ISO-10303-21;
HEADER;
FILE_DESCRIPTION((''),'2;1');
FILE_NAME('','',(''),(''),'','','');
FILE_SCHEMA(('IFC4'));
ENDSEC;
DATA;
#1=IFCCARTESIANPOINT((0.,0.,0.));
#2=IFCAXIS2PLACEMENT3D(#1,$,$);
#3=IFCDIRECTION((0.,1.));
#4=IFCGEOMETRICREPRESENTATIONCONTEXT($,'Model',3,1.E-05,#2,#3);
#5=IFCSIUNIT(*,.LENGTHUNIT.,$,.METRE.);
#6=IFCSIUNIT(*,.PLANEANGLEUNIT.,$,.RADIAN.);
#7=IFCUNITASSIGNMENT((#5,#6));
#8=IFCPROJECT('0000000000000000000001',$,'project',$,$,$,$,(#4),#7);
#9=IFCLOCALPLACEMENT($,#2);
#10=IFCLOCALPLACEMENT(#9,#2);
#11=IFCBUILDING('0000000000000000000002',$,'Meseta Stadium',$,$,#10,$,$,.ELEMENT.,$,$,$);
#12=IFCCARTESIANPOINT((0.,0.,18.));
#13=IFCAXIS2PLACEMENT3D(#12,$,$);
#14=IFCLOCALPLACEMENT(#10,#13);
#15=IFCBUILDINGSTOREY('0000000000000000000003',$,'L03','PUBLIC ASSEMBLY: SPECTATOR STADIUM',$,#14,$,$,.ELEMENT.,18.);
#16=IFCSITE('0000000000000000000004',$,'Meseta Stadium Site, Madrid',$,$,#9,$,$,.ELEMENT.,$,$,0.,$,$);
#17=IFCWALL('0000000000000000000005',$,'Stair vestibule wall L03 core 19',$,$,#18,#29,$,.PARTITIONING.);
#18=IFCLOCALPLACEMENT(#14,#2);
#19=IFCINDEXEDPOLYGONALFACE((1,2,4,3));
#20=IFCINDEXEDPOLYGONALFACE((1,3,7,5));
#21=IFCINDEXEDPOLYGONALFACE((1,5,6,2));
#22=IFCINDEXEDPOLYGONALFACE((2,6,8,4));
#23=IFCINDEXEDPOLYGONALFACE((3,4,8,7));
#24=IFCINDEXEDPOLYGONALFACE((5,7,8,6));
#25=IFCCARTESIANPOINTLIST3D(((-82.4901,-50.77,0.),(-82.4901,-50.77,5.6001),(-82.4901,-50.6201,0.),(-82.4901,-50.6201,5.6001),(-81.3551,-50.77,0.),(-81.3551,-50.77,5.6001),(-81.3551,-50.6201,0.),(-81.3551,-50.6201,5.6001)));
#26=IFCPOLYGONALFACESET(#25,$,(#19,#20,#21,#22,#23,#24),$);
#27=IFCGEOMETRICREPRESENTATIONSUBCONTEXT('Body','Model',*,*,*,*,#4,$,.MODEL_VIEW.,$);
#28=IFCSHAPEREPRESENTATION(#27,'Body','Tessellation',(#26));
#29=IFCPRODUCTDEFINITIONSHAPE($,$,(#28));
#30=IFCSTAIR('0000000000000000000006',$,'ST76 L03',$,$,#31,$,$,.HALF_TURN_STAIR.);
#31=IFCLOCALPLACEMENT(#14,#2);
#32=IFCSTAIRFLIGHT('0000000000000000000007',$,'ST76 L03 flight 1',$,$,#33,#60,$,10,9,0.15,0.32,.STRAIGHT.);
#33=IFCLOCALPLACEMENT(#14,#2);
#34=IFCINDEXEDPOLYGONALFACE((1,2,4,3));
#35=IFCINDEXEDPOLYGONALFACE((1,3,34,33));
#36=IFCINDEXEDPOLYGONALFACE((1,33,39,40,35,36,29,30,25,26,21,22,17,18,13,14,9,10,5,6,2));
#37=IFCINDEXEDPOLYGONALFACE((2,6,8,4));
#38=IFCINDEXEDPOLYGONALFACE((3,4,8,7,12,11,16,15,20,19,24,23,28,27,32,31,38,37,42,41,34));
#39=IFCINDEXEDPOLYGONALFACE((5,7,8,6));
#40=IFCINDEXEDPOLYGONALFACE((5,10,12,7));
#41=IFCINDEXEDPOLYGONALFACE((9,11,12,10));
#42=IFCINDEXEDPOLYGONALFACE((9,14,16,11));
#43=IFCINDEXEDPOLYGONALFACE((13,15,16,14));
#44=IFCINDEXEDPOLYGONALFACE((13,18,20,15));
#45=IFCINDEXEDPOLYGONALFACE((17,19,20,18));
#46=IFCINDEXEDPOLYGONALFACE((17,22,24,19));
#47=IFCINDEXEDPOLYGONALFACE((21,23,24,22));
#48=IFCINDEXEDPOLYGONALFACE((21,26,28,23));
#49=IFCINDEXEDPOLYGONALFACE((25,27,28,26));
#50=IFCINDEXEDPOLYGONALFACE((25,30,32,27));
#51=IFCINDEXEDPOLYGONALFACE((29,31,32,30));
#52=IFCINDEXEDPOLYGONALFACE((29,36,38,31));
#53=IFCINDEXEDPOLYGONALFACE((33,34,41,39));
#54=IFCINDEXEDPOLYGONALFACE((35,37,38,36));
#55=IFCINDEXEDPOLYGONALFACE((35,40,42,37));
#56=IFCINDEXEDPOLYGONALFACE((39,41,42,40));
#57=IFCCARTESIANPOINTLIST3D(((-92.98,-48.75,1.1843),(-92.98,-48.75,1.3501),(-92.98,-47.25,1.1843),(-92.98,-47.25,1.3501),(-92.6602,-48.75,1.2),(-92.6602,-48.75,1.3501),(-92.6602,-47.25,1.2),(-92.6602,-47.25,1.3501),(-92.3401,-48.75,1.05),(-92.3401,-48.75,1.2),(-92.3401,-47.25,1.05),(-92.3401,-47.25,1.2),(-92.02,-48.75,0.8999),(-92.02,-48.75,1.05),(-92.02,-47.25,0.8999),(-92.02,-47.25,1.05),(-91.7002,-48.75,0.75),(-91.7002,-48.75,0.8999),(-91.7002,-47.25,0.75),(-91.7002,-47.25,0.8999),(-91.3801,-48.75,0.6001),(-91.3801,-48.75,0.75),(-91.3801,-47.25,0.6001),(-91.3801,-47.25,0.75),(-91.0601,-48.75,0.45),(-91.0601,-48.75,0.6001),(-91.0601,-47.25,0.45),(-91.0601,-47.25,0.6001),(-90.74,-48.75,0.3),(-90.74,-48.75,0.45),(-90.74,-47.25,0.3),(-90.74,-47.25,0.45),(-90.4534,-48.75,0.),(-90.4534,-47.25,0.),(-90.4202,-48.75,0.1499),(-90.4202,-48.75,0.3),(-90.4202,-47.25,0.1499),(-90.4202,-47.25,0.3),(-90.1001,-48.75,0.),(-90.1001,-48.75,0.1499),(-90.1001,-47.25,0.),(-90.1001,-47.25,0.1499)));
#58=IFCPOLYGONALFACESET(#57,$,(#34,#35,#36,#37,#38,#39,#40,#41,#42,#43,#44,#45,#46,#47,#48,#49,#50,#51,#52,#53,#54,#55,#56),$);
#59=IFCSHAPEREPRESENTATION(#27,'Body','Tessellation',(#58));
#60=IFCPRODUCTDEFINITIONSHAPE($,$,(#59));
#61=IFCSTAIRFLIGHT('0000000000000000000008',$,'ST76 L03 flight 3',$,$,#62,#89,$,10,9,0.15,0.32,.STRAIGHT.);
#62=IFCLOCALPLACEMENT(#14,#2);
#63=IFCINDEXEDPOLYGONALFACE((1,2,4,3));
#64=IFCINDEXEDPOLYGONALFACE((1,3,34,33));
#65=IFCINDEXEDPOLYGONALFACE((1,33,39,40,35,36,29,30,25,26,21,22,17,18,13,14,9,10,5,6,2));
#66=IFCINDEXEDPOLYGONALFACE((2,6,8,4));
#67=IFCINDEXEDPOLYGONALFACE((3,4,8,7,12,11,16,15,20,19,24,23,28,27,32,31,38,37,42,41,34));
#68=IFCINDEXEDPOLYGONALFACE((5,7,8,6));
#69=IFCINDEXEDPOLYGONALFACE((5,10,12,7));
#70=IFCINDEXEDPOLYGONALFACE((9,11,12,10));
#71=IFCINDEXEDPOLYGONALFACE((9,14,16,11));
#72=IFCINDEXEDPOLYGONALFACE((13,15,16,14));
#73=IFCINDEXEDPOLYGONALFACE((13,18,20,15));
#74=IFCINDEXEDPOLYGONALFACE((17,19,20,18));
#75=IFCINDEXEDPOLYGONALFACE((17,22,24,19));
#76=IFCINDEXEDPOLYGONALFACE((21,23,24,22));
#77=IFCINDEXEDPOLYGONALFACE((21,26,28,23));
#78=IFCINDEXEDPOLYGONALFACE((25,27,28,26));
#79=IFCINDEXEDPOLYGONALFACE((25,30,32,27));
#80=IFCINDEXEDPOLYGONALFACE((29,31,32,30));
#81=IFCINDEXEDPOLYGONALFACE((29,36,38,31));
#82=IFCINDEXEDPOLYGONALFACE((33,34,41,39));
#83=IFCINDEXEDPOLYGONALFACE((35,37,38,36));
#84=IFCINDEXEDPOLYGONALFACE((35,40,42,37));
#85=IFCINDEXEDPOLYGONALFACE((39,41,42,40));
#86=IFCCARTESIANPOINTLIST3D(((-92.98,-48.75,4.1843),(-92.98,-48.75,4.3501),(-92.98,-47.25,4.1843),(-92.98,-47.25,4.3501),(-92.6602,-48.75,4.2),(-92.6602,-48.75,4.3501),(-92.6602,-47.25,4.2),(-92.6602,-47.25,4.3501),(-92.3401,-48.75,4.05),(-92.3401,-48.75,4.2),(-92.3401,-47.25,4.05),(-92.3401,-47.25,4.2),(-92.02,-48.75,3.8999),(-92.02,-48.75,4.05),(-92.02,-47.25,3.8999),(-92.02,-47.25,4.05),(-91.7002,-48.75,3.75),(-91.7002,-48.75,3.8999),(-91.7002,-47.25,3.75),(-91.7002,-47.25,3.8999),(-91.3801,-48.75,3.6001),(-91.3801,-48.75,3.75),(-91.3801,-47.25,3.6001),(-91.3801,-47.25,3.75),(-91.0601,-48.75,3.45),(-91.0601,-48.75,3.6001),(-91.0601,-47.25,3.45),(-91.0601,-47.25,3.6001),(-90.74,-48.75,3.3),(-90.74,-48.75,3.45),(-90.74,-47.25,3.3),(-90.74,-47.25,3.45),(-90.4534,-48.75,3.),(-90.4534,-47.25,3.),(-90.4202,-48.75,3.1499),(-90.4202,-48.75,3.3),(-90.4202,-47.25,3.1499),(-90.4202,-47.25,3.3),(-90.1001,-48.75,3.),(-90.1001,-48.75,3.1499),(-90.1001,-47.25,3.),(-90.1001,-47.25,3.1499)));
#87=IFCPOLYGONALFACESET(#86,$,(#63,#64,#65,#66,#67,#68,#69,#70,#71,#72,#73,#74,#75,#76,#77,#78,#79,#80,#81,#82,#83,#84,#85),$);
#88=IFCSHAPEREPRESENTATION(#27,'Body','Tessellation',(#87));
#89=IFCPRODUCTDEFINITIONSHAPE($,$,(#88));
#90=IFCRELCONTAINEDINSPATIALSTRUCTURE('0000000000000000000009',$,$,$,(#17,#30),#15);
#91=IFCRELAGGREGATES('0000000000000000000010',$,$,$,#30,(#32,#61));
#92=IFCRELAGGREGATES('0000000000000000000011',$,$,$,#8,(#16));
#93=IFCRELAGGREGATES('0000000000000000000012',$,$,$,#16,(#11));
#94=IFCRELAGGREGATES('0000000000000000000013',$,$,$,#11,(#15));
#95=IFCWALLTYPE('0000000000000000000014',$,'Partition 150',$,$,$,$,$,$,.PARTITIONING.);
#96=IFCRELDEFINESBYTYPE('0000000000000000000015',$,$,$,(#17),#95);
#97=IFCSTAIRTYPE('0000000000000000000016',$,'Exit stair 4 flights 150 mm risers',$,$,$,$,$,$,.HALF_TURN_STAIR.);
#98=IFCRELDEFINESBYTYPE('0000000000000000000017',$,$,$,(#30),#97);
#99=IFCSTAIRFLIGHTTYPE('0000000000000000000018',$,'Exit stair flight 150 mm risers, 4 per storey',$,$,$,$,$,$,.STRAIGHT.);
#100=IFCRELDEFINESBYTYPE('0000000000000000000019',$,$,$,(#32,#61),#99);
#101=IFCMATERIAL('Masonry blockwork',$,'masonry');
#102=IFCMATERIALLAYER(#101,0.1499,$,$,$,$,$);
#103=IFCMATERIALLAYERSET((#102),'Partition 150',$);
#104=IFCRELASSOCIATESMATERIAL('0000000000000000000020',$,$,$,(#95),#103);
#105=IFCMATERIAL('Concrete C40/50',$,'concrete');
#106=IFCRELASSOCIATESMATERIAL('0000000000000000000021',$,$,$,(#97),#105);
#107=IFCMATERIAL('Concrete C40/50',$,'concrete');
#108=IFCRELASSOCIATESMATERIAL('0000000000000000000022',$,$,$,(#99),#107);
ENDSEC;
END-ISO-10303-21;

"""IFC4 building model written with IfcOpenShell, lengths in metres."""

from ifc_helpers import new_model, si_unit, direction, frame, frame_2d, origin, place, context, subcontext, project, spatial, polyline, rectangle, outline, extrude, material, layer, layer_set, type_object, element, aggregate, save


model = new_model("IFC4")

# Units and contexts
model_context = context("Model", 3, precision=1e-05, world=origin(), true_north=direction((0.0, 1.0)))
body_context = subcontext(model_context, "Body", "Model", "MODEL_VIEW")
ifc_project = project(units=[si_unit("LENGTHUNIT", "METRE"), si_unit("PLANEANGLEUNIT", "RADIAN")], contexts=[model_context])

# Site, building, storey
site_placement = place(None, origin())
site = spatial("IfcSite", under=ifc_project, at=site_placement, Name="Meseta Stadium Site, Madrid", CompositionType="ELEMENT", RefElevation=0.0)
building_placement = place(site_placement, origin())
building = spatial("IfcBuilding", under=site, at=building_placement, Name="Meseta Stadium", CompositionType="ELEMENT")
storey_placement = place(building_placement, frame((0.0, 0.0, 18.0)))
storey = spatial("IfcBuildingStorey", under=building, at=storey_placement, Name="L03", Description="PUBLIC ASSEMBLY: SPECTATOR STADIUM", CompositionType="ELEMENT", Elevation=18.0)

# Shared definitions
ifc_material_1 = material(Name="Masonry blockwork", Category="masonry")
ifc_layer_1 = layer(ifc_material_1, 0.1499)
ifc_layer_set_1 = layer_set([ifc_layer_1], Name="Partition 150")
wall_type_1 = type_object("IfcWallType", Name="Partition 150", PredefinedType="PARTITIONING", material=ifc_layer_set_1)

# Wall
wall_1_placement = place(storey_placement, frame((-82.49, -50.6951, 0.0), z_axis=(0.0, 0.0, 1.0), x_axis=(1.0, 0.0, 0.0)))
element("IfcWall", 1, at=wall_1_placement, inside=storey, type_object=wall_type_1, Name="Stair vestibule wall L03 core 19", PredefinedType="PARTITIONING", context=body_context, shape_type="SweptSolid", body=[
    extrude(rectangle(XDim=1.135, YDim=0.1499, at=frame_2d((0.5674, 0.0))), origin(), (0.0, 0.0, 1.0), 5.6001),
])

# Stair, stair flights
ifc_material_2 = material(Name="Concrete C40/50", Category="concrete")
stair_type = type_object("IfcStairType", Name="Exit stair 4 flights 150 mm risers", PredefinedType="HALF_TURN_STAIR", material=ifc_material_2)
stair_placement = place(storey_placement, origin())
stair = element("IfcStair", 2, at=stair_placement, inside=storey, type_object=stair_type, Name="ST76 L03", PredefinedType="HALF_TURN_STAIR")
ifc_material_3 = material(Name="Concrete C40/50", Category="concrete")
stair_flight_type = type_object("IfcStairFlightType", Name="Exit stair flight 150 mm risers, 4 per storey", PredefinedType="STRAIGHT", material=ifc_material_3)
stair_flight_1_placement = place(storey_placement, frame((-90.1001, -48.0, 0.0), z_axis=(0.0, 0.0, 1.0), x_axis=(-1.0, 0.0, 0.0)))
stair_flight_1 = element("IfcStairFlight", 3, at=stair_flight_1_placement, type_object=stair_flight_type, Name="ST76 L03 flight 1", NumberOfRisers=10, NumberOfTreads=9, PredefinedType="STRAIGHT", RiserHeight=0.15, TreadLength=0.32, context=body_context, shape_type="SweptSolid", body=[
    extrude(outline(polyline([(0.0, 0.0), (0.0, 0.1499), (0.3201, 0.1499), (0.3201, 0.3), (0.6399, 0.3), (0.6399, 0.45), (0.96, 0.45), (0.96, 0.6001), (1.28, 0.6001), (1.28, 0.75), (1.6001, 0.75), (1.6001, 0.8999), (1.9199, 0.8999), (1.9199, 1.05), (2.24, 1.05), (2.24, 1.2), (2.5601, 1.2), (2.5601, 1.3501), (2.8799, 1.3501), (2.8799, 1.1843), (0.3533, 0.0), (0.0, 0.0)])), frame((0.0, 0.75, 0.0), z_axis=(0.0, -1.0, 0.0), x_axis=(1.0, 0.0, 0.0)), (0.0, 0.0, 1.0), 1.5),
])
stair_flight_2_placement = place(storey_placement, frame((-90.1001, -48.0, 3.0), z_axis=(0.0, 0.0, 1.0), x_axis=(-1.0, 0.0, 0.0)))
stair_flight_2 = element("IfcStairFlight", 4, at=stair_flight_2_placement, type_object=stair_flight_type, Name="ST76 L03 flight 3", NumberOfRisers=10, NumberOfTreads=9, PredefinedType="STRAIGHT", RiserHeight=0.15, TreadLength=0.32, context=body_context, shape_type="SweptSolid", body=[
    extrude(outline(polyline([(0.0, 0.0), (0.0, 0.1499), (0.3201, 0.1499), (0.3201, 0.3), (0.6399, 0.3), (0.6399, 0.45), (0.96, 0.45), (0.96, 0.6001), (1.28, 0.6001), (1.28, 0.75), (1.6001, 0.75), (1.6001, 0.8999), (1.9199, 0.8999), (1.9199, 1.05), (2.24, 1.05), (2.24, 1.2), (2.5601, 1.2), (2.5601, 1.3501), (2.8799, 1.3501), (2.8799, 1.1843), (0.3533, 0.0), (0.0, 0.0)])), frame((0.0, 0.75, 0.0), z_axis=(0.0, -1.0, 0.0), x_axis=(1.0, 0.0, 0.0)), (0.0, 0.0, 1.0), 1.5),
])
aggregate(stair, [stair_flight_1, stair_flight_2])

save(model, "model.ifc")
